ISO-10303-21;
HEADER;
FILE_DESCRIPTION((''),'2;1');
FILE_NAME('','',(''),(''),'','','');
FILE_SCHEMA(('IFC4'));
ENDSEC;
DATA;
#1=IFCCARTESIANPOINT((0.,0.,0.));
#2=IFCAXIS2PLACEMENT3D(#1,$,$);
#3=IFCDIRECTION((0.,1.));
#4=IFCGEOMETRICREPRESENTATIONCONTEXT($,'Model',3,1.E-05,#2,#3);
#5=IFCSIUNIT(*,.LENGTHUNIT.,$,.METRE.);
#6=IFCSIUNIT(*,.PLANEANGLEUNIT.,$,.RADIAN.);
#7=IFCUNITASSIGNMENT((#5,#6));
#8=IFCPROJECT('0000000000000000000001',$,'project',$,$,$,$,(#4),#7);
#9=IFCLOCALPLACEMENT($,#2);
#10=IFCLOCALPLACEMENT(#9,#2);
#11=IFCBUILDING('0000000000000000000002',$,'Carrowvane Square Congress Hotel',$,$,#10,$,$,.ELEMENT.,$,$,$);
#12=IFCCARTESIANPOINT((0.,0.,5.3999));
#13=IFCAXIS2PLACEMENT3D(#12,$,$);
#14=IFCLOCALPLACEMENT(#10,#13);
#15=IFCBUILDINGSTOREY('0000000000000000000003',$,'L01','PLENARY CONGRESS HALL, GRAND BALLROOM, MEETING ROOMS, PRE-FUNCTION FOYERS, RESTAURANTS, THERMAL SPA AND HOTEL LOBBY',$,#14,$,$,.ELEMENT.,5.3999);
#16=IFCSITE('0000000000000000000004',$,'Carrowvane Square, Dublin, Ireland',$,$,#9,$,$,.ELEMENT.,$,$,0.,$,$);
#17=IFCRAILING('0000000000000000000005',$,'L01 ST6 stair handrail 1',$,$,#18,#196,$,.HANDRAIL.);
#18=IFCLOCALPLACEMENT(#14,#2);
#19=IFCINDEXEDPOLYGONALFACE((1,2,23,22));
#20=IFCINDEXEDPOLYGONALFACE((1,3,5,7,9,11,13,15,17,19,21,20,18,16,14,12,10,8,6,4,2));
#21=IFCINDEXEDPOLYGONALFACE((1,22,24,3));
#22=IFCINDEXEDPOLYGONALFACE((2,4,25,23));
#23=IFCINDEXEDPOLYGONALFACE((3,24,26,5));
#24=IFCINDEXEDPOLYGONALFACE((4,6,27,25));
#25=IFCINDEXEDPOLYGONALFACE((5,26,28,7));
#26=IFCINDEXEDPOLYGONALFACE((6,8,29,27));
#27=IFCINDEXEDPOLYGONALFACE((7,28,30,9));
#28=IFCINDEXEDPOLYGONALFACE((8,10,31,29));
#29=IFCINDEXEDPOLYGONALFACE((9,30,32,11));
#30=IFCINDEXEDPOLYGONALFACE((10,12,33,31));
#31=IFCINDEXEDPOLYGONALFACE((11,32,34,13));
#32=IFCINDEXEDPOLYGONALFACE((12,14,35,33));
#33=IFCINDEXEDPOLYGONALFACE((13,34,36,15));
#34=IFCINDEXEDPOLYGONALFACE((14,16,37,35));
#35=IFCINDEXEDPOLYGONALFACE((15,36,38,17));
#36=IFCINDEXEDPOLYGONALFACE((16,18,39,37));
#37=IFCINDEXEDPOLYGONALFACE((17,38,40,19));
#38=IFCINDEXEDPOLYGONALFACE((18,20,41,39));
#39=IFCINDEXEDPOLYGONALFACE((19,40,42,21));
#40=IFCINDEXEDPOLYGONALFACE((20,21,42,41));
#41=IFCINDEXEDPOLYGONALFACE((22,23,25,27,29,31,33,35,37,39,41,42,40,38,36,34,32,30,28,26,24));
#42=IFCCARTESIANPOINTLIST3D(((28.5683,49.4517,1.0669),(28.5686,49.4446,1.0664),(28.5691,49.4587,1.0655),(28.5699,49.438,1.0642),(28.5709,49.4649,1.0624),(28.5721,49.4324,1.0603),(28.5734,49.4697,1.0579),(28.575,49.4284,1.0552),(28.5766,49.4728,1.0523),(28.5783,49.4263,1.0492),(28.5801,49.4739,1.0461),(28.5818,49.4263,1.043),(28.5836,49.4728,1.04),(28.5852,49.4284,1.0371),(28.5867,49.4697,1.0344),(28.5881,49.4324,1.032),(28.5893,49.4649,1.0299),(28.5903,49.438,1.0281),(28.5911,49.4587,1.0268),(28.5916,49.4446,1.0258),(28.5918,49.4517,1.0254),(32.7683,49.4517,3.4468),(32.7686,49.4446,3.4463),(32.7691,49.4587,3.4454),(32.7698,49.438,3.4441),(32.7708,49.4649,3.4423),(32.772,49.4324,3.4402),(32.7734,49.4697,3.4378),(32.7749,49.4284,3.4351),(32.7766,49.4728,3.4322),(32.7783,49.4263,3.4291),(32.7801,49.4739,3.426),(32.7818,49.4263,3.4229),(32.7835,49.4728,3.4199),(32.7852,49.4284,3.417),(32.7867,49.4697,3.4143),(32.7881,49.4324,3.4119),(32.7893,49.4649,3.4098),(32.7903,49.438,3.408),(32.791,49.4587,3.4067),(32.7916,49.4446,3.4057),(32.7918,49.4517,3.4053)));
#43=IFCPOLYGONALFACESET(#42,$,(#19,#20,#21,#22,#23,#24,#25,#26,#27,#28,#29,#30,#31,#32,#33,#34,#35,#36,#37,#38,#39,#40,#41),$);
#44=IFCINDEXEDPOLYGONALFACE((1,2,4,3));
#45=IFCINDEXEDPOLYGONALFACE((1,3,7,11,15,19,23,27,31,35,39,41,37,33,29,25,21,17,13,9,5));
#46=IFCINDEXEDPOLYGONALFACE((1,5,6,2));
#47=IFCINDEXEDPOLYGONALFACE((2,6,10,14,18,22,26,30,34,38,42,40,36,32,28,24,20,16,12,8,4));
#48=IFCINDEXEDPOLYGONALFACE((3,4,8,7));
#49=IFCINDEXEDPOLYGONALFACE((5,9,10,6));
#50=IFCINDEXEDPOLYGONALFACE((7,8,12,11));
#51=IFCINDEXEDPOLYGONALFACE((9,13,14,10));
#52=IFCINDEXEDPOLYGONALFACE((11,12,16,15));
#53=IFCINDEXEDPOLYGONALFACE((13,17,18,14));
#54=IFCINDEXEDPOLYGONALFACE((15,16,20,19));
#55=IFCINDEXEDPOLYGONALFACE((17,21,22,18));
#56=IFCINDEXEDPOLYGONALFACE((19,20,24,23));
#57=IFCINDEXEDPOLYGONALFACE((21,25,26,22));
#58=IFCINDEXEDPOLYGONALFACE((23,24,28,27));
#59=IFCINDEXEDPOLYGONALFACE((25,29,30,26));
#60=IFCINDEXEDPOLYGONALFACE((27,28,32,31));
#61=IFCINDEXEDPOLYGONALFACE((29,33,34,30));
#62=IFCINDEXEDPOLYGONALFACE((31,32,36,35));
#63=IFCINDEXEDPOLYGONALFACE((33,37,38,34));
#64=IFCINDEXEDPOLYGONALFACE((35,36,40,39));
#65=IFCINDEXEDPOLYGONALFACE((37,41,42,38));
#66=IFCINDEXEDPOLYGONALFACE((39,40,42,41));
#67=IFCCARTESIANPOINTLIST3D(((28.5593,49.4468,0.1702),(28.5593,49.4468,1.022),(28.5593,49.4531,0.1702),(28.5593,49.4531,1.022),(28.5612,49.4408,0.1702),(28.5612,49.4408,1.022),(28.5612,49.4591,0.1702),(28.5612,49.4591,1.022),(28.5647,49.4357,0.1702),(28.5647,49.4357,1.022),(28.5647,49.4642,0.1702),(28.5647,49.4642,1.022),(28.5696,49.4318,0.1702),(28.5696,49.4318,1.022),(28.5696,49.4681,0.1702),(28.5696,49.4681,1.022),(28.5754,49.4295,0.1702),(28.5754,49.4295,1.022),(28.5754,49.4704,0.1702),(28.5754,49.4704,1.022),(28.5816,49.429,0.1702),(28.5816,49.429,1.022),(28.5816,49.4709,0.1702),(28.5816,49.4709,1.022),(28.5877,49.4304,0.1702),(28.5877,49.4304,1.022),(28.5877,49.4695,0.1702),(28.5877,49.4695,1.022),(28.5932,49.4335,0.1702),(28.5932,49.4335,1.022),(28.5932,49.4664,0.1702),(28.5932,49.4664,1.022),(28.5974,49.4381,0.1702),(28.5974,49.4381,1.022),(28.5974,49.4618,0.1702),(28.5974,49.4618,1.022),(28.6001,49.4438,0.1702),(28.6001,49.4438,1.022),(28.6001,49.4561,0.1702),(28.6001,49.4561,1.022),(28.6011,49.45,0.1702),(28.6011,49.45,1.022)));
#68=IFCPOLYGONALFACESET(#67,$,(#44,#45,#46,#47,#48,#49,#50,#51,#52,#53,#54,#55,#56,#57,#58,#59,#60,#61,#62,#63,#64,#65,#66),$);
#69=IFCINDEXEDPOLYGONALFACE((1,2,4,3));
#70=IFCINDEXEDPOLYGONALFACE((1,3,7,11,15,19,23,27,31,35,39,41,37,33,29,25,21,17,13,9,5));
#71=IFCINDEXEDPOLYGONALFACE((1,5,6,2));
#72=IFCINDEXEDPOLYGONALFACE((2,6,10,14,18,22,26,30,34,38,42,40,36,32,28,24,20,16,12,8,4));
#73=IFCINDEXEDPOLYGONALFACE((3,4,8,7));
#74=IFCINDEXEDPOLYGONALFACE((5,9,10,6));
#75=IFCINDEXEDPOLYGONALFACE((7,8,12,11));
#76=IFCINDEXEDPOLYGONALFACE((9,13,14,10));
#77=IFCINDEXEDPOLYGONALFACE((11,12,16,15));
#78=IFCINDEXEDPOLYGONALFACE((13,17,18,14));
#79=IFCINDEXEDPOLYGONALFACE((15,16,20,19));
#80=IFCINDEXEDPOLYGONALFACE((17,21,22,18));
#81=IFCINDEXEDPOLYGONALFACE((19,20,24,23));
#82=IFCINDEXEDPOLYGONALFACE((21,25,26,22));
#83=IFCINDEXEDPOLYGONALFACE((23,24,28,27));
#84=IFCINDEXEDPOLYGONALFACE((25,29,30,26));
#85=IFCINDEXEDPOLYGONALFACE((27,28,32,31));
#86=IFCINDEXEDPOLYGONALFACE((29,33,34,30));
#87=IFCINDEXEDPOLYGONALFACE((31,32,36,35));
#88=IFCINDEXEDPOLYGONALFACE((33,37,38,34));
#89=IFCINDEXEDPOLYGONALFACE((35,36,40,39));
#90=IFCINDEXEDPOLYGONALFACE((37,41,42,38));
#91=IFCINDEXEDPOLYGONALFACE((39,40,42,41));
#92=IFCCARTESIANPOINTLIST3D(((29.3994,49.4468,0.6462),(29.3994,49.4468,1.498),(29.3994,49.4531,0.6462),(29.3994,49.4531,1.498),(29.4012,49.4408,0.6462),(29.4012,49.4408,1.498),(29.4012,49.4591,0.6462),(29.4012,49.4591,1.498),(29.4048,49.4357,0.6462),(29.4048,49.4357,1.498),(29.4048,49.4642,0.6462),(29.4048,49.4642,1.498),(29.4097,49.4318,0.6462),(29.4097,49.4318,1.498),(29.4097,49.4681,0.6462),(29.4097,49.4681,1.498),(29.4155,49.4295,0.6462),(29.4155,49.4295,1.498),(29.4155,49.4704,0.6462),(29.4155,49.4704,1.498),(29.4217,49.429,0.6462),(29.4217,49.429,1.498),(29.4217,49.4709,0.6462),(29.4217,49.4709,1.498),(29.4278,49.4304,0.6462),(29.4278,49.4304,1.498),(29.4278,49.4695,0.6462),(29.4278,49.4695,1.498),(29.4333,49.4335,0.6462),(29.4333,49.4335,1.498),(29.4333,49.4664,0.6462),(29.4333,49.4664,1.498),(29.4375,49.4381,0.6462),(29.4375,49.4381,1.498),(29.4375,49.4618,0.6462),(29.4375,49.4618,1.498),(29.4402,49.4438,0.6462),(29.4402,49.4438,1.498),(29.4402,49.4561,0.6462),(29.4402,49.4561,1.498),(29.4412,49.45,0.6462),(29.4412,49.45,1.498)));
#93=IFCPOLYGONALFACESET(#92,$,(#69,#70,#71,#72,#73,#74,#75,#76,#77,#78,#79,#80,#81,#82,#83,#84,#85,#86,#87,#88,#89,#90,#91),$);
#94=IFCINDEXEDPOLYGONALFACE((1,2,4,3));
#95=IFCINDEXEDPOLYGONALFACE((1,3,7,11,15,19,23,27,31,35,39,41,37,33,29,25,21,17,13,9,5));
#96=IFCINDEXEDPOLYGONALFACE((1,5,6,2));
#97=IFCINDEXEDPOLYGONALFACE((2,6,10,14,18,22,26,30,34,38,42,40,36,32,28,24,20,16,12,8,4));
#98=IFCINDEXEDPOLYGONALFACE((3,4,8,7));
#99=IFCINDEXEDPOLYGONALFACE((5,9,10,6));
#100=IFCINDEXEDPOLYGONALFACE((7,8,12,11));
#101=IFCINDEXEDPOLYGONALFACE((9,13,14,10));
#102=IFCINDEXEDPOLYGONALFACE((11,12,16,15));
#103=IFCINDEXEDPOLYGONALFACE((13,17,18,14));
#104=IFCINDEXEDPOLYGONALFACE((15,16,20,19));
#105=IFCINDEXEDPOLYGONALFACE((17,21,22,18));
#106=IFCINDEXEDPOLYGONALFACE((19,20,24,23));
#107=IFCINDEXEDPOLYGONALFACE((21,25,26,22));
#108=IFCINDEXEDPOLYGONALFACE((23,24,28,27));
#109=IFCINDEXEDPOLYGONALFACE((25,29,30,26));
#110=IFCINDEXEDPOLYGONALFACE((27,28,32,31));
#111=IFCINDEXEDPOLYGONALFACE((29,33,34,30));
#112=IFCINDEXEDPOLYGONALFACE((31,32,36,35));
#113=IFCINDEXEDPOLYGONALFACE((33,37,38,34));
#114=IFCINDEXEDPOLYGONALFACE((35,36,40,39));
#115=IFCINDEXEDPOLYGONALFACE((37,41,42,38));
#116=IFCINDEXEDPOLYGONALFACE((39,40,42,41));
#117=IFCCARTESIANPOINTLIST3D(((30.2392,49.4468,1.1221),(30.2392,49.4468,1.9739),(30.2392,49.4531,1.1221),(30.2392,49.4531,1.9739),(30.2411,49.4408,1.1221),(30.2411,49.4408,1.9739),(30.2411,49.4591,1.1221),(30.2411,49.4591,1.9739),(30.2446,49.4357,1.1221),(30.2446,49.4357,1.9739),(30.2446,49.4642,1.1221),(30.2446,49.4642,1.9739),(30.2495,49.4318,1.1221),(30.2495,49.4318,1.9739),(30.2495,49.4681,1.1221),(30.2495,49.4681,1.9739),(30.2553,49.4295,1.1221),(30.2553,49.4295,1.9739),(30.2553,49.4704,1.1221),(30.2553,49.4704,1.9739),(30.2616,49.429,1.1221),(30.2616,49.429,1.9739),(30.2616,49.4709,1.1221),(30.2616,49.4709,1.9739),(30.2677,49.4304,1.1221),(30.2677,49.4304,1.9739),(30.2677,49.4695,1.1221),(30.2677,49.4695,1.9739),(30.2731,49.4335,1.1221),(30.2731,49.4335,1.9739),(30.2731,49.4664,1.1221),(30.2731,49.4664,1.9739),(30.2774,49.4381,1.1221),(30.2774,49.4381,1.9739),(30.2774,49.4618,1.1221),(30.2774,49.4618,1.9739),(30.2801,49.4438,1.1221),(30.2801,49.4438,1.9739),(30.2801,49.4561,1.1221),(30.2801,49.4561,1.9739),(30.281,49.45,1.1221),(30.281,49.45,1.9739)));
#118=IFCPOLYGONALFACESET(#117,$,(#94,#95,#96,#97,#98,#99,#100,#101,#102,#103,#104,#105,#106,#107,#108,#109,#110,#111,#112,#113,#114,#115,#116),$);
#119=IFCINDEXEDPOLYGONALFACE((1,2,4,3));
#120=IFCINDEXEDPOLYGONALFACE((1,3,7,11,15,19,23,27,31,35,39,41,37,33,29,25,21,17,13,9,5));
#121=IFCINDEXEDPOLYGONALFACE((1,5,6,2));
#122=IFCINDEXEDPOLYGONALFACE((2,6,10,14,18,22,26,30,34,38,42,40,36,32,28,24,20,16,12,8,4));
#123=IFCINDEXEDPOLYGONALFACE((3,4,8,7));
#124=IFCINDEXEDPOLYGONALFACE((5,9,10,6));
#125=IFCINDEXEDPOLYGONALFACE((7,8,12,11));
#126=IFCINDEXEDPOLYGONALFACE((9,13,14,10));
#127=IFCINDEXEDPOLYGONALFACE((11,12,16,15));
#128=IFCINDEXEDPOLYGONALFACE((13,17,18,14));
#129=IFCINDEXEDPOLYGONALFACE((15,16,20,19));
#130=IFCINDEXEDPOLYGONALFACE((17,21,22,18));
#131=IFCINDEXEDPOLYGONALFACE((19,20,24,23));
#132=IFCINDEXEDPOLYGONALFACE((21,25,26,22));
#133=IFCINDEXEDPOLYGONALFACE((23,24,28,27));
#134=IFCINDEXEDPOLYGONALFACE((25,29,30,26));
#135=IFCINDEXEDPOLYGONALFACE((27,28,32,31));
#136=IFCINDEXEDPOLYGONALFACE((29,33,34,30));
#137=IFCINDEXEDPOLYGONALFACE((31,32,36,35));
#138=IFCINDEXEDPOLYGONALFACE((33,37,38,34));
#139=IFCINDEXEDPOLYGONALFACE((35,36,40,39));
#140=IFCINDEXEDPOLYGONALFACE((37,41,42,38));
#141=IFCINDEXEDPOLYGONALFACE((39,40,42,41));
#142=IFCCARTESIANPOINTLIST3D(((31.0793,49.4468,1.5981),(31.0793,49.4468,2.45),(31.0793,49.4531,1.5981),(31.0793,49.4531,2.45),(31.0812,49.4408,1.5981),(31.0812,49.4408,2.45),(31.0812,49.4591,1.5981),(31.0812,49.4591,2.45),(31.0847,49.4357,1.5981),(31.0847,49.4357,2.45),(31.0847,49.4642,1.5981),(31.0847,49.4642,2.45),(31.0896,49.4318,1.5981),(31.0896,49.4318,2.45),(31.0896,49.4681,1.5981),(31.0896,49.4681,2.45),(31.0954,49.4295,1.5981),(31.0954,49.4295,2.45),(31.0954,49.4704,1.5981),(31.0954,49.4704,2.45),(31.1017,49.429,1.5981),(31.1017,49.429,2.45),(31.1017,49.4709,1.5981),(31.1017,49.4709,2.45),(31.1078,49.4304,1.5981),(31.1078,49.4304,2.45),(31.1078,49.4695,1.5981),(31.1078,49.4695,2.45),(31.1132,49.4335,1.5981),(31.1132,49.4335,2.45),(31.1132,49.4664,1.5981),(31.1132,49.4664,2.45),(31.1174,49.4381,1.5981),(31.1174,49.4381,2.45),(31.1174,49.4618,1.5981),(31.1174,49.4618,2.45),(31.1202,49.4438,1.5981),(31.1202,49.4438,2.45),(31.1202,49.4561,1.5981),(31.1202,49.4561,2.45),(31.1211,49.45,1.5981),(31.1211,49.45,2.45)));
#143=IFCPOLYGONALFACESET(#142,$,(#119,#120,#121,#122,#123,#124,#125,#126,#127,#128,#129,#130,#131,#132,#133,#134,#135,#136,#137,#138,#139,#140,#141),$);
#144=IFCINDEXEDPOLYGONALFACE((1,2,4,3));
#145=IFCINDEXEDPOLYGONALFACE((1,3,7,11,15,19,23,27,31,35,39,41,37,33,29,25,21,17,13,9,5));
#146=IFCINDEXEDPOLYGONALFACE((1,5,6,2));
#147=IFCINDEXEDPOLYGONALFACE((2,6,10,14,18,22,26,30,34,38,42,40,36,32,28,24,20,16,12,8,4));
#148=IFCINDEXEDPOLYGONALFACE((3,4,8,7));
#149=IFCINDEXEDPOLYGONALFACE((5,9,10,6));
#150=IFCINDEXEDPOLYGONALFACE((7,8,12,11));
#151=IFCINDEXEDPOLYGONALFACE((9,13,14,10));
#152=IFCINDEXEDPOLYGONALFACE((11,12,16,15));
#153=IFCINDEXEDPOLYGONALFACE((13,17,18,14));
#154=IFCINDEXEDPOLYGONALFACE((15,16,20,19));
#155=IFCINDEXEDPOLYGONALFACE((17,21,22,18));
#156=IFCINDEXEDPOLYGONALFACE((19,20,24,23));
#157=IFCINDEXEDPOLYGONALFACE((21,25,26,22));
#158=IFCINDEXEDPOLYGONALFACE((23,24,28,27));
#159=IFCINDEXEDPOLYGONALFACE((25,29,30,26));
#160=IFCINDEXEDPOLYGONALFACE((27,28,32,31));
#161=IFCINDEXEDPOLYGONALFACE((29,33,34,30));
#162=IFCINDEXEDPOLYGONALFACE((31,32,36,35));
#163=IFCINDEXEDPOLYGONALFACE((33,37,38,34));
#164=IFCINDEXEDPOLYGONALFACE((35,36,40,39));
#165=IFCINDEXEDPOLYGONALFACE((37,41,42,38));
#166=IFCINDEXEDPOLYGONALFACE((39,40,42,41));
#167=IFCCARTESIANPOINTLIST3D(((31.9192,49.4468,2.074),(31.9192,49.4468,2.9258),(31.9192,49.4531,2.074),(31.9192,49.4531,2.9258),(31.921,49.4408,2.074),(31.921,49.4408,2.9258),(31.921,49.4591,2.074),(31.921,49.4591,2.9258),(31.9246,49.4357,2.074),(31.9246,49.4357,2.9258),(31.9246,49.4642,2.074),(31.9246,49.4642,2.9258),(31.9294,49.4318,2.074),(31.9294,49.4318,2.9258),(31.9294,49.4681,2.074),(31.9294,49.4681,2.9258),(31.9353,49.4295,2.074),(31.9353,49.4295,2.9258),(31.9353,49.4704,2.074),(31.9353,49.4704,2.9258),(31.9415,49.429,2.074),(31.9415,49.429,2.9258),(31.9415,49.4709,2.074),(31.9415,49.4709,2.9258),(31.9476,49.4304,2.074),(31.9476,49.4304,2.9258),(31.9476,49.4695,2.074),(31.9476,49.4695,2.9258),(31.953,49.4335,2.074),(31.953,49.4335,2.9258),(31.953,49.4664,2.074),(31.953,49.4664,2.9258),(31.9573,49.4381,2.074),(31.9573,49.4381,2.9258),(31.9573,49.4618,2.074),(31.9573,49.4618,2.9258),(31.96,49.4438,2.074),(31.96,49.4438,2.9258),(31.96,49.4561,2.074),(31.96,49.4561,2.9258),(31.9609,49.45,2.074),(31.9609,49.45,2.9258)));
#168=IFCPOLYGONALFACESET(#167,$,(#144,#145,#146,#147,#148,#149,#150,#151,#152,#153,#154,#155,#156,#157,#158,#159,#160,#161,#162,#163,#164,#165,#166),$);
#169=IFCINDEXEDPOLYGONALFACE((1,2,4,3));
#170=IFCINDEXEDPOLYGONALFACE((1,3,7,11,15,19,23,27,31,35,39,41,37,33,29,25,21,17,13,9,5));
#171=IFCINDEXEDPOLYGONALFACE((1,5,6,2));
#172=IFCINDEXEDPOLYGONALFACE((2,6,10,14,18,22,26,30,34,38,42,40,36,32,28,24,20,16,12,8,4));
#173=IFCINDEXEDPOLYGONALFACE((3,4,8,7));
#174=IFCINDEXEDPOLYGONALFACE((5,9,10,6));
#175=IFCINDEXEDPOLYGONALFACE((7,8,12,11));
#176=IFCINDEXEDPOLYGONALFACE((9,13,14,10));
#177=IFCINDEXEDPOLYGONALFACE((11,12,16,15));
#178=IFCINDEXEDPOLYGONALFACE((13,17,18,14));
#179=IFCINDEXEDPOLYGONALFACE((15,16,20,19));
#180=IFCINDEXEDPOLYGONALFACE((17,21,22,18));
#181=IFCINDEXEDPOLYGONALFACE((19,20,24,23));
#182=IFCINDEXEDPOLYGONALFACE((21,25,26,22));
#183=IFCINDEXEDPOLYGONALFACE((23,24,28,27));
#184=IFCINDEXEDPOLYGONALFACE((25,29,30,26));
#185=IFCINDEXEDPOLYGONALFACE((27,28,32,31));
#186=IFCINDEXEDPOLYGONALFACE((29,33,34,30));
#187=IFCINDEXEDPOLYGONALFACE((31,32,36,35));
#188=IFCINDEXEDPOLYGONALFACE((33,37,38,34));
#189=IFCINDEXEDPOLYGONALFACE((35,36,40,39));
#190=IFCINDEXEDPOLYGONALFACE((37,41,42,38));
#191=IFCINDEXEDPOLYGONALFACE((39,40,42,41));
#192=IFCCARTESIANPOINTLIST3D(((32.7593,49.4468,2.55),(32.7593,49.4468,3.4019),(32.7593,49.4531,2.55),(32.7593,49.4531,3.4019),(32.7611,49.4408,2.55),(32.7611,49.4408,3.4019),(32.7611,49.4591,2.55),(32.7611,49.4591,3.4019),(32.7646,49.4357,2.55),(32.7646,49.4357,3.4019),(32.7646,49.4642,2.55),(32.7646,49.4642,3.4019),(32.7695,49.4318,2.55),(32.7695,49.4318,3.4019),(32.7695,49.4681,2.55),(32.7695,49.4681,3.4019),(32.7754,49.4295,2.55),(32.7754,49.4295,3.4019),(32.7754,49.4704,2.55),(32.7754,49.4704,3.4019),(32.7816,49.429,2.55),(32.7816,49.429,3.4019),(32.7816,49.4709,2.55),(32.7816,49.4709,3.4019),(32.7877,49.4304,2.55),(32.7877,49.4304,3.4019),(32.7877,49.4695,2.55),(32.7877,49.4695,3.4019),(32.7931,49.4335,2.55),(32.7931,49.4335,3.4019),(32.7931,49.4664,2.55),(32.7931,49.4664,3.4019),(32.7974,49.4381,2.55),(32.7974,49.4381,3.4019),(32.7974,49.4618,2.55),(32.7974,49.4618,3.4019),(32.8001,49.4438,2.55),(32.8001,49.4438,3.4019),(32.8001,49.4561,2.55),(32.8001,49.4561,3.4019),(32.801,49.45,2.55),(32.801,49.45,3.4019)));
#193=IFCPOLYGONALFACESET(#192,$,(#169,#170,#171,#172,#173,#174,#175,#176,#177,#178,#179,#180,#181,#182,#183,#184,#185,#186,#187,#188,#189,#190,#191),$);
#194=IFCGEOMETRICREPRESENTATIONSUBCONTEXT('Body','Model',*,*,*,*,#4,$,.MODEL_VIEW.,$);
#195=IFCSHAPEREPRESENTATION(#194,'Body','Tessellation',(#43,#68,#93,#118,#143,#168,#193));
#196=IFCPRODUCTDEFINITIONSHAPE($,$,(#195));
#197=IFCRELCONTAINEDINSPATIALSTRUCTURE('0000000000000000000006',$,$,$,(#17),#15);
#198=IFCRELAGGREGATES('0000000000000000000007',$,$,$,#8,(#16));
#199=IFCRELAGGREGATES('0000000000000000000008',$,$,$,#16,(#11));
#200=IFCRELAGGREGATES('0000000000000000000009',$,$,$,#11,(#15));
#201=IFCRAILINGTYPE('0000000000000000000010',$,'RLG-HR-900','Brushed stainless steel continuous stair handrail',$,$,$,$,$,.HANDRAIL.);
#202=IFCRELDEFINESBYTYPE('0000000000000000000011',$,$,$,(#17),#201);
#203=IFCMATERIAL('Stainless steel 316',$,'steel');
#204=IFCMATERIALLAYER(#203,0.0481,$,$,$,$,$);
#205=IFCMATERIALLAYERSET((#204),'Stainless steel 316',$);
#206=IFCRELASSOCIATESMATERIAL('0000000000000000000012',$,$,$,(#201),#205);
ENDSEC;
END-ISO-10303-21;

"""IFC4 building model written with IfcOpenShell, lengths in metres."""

from ifc_helpers import new_model, si_unit, direction, frame, origin, origin_2d, place, context, subcontext, project, spatial, circle, extrude, material, layer, layer_set, type_object, element, save


model = new_model("IFC4")

# Units and contexts
model_context = context("Model", 3, precision=1e-05, world=origin(), true_north=direction((0.0, 1.0)))
body_context = subcontext(model_context, "Body", "Model", "MODEL_VIEW")
ifc_project = project(units=[si_unit("LENGTHUNIT", "METRE"), si_unit("PLANEANGLEUNIT", "RADIAN")], contexts=[model_context])

# Site, building, storey
site_placement = place(None, origin())
site = spatial("IfcSite", under=ifc_project, at=site_placement, Name="Carrowvane Square, Dublin, Ireland", CompositionType="ELEMENT", RefElevation=0.0)
building_placement = place(site_placement, origin())
building = spatial("IfcBuilding", under=site, at=building_placement, Name="Carrowvane Square Congress Hotel", CompositionType="ELEMENT")
storey_placement = place(building_placement, frame((0.0, 0.0, 5.3999)))
storey = spatial("IfcBuildingStorey", under=building, at=storey_placement, Name="L01", Description="PLENARY CONGRESS HALL, GRAND BALLROOM, MEETING ROOMS, PRE-FUNCTION FOYERS, RESTAURANTS, THERMAL SPA AND HOTEL LOBBY", CompositionType="ELEMENT", Elevation=5.3999)

# Railing
ifc_material_1 = material(Name="Stainless steel 316", Category="steel")
ifc_layer_1 = layer(ifc_material_1, 0.0481)
ifc_layer_set_1 = layer_set([ifc_layer_1], Name="Stainless steel 316")
railing_type_1 = type_object("IfcRailingType", Name="RLG-HR-900", Description="Brushed stainless steel continuous stair handrail", PredefinedType="HANDRAIL", material=ifc_layer_set_1)
railing_1_placement = place(storey_placement, frame((28.5801, 49.45, 0.1702)))
element("IfcRailing", 1, at=railing_1_placement, inside=storey, type_object=railing_type_1, Name="L01 ST6 stair handrail 1", PredefinedType="HANDRAIL", context=body_context, shape_type="SweptSolid", body=[
    extrude(circle(Radius=0.0239, at=origin_2d()), frame((0.0, 0.0, 0.876), z_axis=(0.87003, 0.0, 0.492999), x_axis=(0.0, 1.0, 0.0)), (0.0, 0.0, 1.0), 4.8274),
    extrude(circle(Radius=0.021, at=origin_2d()), origin(), (0.0, 0.0, 1.0), 0.8518),
    extrude(circle(Radius=0.021, at=origin_2d()), frame((0.8401, 0.0, 0.4761)), (0.0, 0.0, 1.0), 0.8518),
    extrude(circle(Radius=0.021, at=origin_2d()), frame((1.6799, 0.0, 0.9519)), (0.0, 0.0, 1.0), 0.8518),
    extrude(circle(Radius=0.021, at=origin_2d()), frame((2.52, 0.0, 1.428)), (0.0, 0.0, 1.0), 0.8518),
    extrude(circle(Radius=0.021, at=origin_2d()), frame((3.3599, 0.0, 1.9038)), (0.0, 0.0, 1.0), 0.8518),
    extrude(circle(Radius=0.021, at=origin_2d()), frame((4.2, 0.0, 2.3799)), (0.0, 0.0, 1.0), 0.8518),
])

save(model, "model.ifc")
